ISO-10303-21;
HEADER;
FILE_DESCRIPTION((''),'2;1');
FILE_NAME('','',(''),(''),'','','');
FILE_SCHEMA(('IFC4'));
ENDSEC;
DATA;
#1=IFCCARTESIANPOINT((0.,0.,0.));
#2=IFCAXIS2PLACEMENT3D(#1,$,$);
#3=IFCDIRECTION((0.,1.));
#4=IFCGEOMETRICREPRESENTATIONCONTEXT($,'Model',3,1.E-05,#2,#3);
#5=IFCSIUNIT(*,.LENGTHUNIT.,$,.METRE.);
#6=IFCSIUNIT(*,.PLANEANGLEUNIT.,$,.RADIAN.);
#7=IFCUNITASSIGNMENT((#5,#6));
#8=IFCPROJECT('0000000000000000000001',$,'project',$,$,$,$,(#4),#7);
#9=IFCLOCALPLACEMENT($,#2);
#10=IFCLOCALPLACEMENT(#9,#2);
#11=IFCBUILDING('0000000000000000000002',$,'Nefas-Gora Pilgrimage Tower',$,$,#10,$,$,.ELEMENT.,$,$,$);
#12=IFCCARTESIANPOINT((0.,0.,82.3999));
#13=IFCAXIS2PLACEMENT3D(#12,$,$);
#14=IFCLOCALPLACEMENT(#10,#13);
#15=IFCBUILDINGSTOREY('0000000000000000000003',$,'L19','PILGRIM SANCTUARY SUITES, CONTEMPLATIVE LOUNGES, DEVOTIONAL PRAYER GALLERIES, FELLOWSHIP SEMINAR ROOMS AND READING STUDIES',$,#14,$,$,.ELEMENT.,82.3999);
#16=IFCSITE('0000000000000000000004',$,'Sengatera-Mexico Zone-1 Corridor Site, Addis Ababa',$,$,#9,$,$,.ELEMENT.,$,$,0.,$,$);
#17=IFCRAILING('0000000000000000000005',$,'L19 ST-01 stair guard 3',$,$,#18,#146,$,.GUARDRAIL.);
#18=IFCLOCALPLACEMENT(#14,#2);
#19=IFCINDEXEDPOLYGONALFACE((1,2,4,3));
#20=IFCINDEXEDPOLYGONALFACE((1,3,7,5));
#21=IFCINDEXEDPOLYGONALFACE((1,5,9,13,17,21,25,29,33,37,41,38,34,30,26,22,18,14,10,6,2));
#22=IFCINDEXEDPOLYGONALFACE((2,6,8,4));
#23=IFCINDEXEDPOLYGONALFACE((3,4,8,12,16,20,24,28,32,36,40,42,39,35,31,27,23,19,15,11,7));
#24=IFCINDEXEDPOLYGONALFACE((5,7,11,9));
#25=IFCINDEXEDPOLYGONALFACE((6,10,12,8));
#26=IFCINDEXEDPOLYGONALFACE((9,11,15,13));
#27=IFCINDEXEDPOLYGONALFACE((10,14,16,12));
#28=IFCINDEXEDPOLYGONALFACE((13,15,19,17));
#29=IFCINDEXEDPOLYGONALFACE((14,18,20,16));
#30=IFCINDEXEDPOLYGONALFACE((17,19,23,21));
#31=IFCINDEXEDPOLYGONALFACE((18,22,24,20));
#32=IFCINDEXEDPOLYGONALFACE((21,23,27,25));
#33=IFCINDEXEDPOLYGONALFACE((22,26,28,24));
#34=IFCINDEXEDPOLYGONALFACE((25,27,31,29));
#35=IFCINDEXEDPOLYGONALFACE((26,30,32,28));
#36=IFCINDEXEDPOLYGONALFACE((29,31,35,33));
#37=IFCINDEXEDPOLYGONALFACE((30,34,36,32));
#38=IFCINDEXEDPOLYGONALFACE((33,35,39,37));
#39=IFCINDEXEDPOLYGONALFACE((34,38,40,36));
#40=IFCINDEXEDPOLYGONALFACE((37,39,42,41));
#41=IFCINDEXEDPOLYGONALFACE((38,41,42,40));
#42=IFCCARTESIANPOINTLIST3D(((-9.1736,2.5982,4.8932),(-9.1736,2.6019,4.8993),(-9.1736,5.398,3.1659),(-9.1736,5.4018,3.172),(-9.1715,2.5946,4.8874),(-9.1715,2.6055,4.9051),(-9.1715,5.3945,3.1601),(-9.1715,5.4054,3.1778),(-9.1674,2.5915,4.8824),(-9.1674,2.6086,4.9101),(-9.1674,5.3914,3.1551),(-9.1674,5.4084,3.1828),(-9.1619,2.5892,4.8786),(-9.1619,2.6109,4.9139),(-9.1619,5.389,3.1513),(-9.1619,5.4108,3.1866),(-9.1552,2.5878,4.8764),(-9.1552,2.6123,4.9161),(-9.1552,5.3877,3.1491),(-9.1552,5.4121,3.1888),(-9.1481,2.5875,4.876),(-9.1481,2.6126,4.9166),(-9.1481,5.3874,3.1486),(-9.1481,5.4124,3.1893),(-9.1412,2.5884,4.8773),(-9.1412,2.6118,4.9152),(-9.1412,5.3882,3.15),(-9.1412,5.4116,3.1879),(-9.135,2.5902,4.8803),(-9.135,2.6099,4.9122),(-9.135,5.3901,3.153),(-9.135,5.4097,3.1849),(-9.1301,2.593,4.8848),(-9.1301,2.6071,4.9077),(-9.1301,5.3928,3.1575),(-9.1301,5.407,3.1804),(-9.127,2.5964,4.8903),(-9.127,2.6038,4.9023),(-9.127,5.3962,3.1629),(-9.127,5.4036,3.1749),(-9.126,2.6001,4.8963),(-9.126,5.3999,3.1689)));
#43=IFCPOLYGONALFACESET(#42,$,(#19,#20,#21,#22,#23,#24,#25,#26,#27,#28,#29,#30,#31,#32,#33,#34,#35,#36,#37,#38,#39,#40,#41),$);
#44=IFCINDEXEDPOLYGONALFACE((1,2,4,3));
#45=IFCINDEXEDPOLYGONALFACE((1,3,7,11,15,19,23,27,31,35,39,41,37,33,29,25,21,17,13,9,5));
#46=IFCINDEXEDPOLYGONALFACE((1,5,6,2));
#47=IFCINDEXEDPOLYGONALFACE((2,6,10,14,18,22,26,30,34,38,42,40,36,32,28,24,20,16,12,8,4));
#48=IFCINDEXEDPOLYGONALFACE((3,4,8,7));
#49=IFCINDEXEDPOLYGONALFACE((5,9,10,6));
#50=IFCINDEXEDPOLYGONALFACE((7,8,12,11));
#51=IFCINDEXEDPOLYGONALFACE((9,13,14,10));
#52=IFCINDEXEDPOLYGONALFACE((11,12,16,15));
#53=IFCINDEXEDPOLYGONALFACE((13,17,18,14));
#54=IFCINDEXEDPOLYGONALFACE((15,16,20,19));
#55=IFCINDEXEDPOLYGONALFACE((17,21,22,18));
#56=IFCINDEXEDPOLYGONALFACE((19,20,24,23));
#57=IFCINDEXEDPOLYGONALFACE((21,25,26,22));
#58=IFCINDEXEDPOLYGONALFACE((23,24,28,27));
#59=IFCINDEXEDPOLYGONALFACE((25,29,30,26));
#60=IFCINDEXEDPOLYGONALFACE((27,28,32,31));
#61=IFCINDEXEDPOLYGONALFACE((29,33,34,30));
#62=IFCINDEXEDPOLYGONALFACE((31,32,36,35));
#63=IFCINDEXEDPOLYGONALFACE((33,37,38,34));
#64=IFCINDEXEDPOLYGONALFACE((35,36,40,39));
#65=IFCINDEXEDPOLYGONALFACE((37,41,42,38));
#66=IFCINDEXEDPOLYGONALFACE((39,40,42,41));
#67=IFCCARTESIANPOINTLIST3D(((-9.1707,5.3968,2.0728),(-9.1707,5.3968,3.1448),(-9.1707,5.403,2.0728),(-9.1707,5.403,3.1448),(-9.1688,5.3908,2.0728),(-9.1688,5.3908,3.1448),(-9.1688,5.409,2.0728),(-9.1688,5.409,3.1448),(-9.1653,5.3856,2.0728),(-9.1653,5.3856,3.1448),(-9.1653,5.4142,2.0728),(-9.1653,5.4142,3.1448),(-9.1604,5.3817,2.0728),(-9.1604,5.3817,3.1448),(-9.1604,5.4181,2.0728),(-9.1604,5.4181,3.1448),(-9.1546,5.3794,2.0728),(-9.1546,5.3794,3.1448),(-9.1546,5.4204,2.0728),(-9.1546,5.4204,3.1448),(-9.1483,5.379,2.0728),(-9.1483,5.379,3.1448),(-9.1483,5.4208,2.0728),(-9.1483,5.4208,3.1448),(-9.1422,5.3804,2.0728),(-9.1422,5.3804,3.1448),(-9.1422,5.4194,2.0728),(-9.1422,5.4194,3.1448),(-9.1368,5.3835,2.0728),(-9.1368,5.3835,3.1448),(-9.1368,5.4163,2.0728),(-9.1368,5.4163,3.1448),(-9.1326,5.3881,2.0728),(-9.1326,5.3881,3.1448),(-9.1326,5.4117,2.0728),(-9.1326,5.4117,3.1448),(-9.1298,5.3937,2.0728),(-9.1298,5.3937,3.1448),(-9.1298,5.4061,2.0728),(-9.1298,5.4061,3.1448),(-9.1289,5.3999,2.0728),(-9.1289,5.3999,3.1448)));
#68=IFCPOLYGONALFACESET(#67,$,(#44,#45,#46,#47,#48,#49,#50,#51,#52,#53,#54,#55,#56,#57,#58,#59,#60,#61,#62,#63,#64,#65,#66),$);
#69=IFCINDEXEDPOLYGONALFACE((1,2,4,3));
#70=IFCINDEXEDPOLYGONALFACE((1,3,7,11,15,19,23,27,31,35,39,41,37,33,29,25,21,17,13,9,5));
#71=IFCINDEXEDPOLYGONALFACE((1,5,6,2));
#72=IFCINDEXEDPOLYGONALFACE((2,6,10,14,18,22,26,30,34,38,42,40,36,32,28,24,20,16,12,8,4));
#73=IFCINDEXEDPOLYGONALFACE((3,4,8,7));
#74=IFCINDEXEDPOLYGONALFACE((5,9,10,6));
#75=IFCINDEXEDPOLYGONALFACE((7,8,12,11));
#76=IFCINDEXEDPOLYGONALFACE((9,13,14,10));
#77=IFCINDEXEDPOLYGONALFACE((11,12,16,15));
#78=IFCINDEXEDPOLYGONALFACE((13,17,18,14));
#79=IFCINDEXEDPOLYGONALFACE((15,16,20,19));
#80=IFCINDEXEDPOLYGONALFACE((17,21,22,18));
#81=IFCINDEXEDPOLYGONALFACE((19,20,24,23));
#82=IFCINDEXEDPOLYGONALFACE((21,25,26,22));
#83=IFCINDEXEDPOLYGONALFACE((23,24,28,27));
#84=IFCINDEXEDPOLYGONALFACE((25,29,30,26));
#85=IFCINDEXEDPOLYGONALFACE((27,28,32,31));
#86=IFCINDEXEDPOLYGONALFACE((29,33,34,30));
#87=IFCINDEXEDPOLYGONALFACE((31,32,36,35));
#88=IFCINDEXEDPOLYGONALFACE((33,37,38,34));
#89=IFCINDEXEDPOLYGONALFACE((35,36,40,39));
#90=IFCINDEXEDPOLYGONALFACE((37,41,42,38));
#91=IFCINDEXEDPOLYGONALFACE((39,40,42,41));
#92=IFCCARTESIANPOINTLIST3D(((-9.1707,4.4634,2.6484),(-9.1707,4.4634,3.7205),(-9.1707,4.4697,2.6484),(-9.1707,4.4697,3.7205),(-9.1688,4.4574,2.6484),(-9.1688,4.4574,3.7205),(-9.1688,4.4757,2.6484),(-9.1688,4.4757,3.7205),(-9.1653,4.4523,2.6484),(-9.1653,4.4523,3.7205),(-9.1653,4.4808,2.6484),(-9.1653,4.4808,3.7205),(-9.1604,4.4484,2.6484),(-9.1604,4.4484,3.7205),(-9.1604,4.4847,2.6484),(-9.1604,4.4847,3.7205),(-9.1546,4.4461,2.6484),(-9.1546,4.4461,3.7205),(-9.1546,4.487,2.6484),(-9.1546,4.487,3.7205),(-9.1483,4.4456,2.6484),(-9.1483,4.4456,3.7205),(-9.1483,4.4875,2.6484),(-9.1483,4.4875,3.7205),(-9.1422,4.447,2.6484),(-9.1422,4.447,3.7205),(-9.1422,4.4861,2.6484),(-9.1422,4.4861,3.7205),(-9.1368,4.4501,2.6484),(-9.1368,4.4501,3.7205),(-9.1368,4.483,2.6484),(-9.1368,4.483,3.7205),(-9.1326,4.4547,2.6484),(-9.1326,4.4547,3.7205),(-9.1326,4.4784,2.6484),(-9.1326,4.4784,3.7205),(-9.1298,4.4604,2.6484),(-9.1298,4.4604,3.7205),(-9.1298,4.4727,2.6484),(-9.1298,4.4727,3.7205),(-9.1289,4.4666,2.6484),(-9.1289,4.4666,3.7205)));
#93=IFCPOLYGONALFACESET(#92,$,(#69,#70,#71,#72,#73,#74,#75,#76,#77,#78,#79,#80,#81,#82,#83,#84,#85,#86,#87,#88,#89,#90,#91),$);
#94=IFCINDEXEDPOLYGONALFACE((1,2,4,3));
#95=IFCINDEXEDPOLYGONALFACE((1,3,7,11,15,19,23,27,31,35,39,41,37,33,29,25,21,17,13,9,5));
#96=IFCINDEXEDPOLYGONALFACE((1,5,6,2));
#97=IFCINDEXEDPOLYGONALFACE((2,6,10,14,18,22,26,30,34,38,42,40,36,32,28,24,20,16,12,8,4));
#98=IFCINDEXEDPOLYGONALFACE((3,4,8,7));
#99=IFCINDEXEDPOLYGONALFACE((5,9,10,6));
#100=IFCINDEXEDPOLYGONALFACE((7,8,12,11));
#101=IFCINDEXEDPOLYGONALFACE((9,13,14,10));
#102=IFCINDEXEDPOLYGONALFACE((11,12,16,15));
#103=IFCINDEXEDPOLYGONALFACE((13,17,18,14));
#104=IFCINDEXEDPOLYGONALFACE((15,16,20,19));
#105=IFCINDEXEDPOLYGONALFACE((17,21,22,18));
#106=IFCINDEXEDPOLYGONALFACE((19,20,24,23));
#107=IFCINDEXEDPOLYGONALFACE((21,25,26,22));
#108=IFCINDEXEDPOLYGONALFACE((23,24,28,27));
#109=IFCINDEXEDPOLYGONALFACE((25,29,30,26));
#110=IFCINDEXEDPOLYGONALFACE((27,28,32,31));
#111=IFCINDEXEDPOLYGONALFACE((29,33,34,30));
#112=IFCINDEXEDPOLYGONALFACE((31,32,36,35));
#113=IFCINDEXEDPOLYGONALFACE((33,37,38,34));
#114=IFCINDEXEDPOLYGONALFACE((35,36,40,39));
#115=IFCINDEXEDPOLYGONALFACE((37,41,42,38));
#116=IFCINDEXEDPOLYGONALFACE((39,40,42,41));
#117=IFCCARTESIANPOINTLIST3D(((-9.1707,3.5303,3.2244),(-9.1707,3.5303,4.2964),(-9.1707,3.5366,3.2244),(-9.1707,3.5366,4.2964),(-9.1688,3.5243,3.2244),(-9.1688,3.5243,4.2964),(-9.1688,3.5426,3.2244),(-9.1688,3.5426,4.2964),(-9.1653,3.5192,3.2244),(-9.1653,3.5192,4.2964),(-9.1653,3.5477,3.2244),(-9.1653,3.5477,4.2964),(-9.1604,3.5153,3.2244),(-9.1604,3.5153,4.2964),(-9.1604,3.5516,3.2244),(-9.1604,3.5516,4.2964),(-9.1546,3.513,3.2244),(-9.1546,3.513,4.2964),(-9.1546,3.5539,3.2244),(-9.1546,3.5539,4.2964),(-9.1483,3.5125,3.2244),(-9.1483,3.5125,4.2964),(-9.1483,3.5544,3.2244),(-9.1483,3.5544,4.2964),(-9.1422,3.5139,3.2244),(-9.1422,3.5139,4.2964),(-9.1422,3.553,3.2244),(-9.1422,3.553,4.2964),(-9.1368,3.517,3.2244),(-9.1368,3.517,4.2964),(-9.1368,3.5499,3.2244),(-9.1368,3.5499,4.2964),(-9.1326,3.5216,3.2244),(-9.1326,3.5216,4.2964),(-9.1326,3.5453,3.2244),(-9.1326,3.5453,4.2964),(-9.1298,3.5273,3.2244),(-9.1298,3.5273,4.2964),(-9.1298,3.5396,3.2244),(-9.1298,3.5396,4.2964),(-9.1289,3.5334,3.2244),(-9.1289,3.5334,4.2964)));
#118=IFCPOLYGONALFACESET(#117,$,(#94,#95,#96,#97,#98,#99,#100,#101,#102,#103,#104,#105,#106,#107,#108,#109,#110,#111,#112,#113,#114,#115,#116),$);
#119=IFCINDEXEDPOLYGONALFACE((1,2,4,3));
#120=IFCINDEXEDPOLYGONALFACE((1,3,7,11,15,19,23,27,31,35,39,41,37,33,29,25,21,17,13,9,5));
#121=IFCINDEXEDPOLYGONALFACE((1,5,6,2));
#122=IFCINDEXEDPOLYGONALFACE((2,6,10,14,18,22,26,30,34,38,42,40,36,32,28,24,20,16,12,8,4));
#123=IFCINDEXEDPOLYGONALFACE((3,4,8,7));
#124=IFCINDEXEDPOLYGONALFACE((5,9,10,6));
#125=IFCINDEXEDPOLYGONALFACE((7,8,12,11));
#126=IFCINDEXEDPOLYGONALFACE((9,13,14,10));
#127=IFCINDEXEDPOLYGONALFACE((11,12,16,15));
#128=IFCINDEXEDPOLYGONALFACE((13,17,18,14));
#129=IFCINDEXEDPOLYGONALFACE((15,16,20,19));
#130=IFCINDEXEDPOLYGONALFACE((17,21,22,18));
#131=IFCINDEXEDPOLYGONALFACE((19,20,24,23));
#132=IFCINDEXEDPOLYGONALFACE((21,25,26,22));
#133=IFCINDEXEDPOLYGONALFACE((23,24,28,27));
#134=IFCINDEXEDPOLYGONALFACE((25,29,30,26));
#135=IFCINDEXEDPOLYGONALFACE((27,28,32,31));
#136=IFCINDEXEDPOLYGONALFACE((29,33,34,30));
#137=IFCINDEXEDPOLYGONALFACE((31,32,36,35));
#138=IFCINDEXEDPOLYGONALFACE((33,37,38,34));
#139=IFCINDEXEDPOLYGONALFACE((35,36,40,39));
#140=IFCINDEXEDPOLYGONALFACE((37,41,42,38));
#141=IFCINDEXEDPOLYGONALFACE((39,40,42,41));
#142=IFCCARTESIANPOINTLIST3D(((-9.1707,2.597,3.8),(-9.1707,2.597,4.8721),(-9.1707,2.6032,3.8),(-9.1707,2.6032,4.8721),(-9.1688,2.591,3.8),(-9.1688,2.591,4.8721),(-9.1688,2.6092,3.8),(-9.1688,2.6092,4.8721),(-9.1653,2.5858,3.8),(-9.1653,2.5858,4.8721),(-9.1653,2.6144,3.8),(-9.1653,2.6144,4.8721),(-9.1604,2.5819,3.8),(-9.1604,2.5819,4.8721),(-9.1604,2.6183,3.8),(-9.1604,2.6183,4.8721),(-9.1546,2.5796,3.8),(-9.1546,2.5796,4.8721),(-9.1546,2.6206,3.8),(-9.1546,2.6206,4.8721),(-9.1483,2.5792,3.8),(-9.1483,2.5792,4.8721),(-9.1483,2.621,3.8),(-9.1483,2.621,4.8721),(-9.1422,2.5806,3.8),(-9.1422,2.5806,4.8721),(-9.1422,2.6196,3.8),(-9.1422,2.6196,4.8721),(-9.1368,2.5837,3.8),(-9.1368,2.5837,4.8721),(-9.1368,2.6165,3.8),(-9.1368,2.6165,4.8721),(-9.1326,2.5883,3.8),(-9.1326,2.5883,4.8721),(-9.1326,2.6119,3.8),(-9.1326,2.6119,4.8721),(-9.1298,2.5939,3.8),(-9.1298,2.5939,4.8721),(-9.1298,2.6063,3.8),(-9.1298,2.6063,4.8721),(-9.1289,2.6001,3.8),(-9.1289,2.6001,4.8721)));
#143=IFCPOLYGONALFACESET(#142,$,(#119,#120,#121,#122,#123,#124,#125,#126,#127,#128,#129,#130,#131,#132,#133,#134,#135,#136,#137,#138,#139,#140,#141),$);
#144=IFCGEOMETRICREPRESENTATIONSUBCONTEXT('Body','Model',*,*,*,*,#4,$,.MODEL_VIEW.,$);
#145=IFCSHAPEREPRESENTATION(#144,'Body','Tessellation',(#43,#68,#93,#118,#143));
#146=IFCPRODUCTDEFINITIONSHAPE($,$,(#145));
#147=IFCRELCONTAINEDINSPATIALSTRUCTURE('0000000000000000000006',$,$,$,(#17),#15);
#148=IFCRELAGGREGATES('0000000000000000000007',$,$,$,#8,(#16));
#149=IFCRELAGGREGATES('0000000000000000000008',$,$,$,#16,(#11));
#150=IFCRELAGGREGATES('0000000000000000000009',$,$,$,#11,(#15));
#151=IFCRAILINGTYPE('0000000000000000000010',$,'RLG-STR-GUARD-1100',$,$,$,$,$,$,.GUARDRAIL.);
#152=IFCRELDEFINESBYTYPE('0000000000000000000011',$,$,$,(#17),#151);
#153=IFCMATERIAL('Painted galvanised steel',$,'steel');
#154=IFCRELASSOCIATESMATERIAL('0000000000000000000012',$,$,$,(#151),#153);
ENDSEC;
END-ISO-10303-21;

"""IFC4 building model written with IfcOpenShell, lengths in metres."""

from ifc_helpers import new_model, si_unit, direction, frame, origin, origin_2d, place, context, subcontext, project, spatial, circle, extrude, material, type_object, element, save


model = new_model("IFC4")

# Units and contexts
model_context = context("Model", 3, precision=1e-05, world=origin(), true_north=direction((0.0, 1.0)))
body_context = subcontext(model_context, "Body", "Model", "MODEL_VIEW")
ifc_project = project(units=[si_unit("LENGTHUNIT", "METRE"), si_unit("PLANEANGLEUNIT", "RADIAN")], contexts=[model_context])

# Site, building, storey
site_placement = place(None, origin())
site = spatial("IfcSite", under=ifc_project, at=site_placement, Name="Sengatera-Mexico Zone-1 Corridor Site, Addis Ababa", CompositionType="ELEMENT", RefElevation=0.0)
building_placement = place(site_placement, origin())
building = spatial("IfcBuilding", under=site, at=building_placement, Name="Nefas-Gora Pilgrimage Tower", CompositionType="ELEMENT")
storey_placement = place(building_placement, frame((0.0, 0.0, 82.3999)))
storey = spatial("IfcBuildingStorey", under=building, at=storey_placement, Name="L19", Description="PILGRIM SANCTUARY SUITES, CONTEMPLATIVE LOUNGES, DEVOTIONAL PRAYER GALLERIES, FELLOWSHIP SEMINAR ROOMS AND READING STUDIES", CompositionType="ELEMENT", Elevation=82.3999)

# Railing
ifc_material_1 = material(Name="Painted galvanised steel", Category="steel")
railing_type_1 = type_object("IfcRailingType", Name="RLG-STR-GUARD-1100", PredefinedType="GUARDRAIL", material=ifc_material_1)
railing_1_placement = place(storey_placement, frame((-9.1499, 5.3999, 2.0728)))
element("IfcRailing", 1, at=railing_1_placement, inside=storey, type_object=railing_type_1, Name="L19 ST-01 stair guard 3", PredefinedType="GUARDRAIL", context=body_context, shape_type="SweptSolid", body=[
    extrude(circle(Radius=0.0239, at=origin_2d()), frame((0.0, 0.0, 1.0962), z_axis=(0.0, -0.851069, 0.525054), x_axis=(1.0, 0.0, 0.0)), (0.0, 0.0, 1.0), 3.2898),
    extrude(circle(Radius=0.021, at=origin_2d()), origin(), (0.0, 0.0, 1.0), 1.072),
    extrude(circle(Radius=0.021, at=origin_2d()), frame((0.0, -0.9333, 0.5757)), (0.0, 0.0, 1.0), 1.072),
    extrude(circle(Radius=0.021, at=origin_2d()), frame((0.0, -1.8665, 1.1516)), (0.0, 0.0, 1.0), 1.072),
    extrude(circle(Radius=0.021, at=origin_2d()), frame((0.0, -2.7998, 1.7273)), (0.0, 0.0, 1.0), 1.072),
])

save(model, "model.ifc")
